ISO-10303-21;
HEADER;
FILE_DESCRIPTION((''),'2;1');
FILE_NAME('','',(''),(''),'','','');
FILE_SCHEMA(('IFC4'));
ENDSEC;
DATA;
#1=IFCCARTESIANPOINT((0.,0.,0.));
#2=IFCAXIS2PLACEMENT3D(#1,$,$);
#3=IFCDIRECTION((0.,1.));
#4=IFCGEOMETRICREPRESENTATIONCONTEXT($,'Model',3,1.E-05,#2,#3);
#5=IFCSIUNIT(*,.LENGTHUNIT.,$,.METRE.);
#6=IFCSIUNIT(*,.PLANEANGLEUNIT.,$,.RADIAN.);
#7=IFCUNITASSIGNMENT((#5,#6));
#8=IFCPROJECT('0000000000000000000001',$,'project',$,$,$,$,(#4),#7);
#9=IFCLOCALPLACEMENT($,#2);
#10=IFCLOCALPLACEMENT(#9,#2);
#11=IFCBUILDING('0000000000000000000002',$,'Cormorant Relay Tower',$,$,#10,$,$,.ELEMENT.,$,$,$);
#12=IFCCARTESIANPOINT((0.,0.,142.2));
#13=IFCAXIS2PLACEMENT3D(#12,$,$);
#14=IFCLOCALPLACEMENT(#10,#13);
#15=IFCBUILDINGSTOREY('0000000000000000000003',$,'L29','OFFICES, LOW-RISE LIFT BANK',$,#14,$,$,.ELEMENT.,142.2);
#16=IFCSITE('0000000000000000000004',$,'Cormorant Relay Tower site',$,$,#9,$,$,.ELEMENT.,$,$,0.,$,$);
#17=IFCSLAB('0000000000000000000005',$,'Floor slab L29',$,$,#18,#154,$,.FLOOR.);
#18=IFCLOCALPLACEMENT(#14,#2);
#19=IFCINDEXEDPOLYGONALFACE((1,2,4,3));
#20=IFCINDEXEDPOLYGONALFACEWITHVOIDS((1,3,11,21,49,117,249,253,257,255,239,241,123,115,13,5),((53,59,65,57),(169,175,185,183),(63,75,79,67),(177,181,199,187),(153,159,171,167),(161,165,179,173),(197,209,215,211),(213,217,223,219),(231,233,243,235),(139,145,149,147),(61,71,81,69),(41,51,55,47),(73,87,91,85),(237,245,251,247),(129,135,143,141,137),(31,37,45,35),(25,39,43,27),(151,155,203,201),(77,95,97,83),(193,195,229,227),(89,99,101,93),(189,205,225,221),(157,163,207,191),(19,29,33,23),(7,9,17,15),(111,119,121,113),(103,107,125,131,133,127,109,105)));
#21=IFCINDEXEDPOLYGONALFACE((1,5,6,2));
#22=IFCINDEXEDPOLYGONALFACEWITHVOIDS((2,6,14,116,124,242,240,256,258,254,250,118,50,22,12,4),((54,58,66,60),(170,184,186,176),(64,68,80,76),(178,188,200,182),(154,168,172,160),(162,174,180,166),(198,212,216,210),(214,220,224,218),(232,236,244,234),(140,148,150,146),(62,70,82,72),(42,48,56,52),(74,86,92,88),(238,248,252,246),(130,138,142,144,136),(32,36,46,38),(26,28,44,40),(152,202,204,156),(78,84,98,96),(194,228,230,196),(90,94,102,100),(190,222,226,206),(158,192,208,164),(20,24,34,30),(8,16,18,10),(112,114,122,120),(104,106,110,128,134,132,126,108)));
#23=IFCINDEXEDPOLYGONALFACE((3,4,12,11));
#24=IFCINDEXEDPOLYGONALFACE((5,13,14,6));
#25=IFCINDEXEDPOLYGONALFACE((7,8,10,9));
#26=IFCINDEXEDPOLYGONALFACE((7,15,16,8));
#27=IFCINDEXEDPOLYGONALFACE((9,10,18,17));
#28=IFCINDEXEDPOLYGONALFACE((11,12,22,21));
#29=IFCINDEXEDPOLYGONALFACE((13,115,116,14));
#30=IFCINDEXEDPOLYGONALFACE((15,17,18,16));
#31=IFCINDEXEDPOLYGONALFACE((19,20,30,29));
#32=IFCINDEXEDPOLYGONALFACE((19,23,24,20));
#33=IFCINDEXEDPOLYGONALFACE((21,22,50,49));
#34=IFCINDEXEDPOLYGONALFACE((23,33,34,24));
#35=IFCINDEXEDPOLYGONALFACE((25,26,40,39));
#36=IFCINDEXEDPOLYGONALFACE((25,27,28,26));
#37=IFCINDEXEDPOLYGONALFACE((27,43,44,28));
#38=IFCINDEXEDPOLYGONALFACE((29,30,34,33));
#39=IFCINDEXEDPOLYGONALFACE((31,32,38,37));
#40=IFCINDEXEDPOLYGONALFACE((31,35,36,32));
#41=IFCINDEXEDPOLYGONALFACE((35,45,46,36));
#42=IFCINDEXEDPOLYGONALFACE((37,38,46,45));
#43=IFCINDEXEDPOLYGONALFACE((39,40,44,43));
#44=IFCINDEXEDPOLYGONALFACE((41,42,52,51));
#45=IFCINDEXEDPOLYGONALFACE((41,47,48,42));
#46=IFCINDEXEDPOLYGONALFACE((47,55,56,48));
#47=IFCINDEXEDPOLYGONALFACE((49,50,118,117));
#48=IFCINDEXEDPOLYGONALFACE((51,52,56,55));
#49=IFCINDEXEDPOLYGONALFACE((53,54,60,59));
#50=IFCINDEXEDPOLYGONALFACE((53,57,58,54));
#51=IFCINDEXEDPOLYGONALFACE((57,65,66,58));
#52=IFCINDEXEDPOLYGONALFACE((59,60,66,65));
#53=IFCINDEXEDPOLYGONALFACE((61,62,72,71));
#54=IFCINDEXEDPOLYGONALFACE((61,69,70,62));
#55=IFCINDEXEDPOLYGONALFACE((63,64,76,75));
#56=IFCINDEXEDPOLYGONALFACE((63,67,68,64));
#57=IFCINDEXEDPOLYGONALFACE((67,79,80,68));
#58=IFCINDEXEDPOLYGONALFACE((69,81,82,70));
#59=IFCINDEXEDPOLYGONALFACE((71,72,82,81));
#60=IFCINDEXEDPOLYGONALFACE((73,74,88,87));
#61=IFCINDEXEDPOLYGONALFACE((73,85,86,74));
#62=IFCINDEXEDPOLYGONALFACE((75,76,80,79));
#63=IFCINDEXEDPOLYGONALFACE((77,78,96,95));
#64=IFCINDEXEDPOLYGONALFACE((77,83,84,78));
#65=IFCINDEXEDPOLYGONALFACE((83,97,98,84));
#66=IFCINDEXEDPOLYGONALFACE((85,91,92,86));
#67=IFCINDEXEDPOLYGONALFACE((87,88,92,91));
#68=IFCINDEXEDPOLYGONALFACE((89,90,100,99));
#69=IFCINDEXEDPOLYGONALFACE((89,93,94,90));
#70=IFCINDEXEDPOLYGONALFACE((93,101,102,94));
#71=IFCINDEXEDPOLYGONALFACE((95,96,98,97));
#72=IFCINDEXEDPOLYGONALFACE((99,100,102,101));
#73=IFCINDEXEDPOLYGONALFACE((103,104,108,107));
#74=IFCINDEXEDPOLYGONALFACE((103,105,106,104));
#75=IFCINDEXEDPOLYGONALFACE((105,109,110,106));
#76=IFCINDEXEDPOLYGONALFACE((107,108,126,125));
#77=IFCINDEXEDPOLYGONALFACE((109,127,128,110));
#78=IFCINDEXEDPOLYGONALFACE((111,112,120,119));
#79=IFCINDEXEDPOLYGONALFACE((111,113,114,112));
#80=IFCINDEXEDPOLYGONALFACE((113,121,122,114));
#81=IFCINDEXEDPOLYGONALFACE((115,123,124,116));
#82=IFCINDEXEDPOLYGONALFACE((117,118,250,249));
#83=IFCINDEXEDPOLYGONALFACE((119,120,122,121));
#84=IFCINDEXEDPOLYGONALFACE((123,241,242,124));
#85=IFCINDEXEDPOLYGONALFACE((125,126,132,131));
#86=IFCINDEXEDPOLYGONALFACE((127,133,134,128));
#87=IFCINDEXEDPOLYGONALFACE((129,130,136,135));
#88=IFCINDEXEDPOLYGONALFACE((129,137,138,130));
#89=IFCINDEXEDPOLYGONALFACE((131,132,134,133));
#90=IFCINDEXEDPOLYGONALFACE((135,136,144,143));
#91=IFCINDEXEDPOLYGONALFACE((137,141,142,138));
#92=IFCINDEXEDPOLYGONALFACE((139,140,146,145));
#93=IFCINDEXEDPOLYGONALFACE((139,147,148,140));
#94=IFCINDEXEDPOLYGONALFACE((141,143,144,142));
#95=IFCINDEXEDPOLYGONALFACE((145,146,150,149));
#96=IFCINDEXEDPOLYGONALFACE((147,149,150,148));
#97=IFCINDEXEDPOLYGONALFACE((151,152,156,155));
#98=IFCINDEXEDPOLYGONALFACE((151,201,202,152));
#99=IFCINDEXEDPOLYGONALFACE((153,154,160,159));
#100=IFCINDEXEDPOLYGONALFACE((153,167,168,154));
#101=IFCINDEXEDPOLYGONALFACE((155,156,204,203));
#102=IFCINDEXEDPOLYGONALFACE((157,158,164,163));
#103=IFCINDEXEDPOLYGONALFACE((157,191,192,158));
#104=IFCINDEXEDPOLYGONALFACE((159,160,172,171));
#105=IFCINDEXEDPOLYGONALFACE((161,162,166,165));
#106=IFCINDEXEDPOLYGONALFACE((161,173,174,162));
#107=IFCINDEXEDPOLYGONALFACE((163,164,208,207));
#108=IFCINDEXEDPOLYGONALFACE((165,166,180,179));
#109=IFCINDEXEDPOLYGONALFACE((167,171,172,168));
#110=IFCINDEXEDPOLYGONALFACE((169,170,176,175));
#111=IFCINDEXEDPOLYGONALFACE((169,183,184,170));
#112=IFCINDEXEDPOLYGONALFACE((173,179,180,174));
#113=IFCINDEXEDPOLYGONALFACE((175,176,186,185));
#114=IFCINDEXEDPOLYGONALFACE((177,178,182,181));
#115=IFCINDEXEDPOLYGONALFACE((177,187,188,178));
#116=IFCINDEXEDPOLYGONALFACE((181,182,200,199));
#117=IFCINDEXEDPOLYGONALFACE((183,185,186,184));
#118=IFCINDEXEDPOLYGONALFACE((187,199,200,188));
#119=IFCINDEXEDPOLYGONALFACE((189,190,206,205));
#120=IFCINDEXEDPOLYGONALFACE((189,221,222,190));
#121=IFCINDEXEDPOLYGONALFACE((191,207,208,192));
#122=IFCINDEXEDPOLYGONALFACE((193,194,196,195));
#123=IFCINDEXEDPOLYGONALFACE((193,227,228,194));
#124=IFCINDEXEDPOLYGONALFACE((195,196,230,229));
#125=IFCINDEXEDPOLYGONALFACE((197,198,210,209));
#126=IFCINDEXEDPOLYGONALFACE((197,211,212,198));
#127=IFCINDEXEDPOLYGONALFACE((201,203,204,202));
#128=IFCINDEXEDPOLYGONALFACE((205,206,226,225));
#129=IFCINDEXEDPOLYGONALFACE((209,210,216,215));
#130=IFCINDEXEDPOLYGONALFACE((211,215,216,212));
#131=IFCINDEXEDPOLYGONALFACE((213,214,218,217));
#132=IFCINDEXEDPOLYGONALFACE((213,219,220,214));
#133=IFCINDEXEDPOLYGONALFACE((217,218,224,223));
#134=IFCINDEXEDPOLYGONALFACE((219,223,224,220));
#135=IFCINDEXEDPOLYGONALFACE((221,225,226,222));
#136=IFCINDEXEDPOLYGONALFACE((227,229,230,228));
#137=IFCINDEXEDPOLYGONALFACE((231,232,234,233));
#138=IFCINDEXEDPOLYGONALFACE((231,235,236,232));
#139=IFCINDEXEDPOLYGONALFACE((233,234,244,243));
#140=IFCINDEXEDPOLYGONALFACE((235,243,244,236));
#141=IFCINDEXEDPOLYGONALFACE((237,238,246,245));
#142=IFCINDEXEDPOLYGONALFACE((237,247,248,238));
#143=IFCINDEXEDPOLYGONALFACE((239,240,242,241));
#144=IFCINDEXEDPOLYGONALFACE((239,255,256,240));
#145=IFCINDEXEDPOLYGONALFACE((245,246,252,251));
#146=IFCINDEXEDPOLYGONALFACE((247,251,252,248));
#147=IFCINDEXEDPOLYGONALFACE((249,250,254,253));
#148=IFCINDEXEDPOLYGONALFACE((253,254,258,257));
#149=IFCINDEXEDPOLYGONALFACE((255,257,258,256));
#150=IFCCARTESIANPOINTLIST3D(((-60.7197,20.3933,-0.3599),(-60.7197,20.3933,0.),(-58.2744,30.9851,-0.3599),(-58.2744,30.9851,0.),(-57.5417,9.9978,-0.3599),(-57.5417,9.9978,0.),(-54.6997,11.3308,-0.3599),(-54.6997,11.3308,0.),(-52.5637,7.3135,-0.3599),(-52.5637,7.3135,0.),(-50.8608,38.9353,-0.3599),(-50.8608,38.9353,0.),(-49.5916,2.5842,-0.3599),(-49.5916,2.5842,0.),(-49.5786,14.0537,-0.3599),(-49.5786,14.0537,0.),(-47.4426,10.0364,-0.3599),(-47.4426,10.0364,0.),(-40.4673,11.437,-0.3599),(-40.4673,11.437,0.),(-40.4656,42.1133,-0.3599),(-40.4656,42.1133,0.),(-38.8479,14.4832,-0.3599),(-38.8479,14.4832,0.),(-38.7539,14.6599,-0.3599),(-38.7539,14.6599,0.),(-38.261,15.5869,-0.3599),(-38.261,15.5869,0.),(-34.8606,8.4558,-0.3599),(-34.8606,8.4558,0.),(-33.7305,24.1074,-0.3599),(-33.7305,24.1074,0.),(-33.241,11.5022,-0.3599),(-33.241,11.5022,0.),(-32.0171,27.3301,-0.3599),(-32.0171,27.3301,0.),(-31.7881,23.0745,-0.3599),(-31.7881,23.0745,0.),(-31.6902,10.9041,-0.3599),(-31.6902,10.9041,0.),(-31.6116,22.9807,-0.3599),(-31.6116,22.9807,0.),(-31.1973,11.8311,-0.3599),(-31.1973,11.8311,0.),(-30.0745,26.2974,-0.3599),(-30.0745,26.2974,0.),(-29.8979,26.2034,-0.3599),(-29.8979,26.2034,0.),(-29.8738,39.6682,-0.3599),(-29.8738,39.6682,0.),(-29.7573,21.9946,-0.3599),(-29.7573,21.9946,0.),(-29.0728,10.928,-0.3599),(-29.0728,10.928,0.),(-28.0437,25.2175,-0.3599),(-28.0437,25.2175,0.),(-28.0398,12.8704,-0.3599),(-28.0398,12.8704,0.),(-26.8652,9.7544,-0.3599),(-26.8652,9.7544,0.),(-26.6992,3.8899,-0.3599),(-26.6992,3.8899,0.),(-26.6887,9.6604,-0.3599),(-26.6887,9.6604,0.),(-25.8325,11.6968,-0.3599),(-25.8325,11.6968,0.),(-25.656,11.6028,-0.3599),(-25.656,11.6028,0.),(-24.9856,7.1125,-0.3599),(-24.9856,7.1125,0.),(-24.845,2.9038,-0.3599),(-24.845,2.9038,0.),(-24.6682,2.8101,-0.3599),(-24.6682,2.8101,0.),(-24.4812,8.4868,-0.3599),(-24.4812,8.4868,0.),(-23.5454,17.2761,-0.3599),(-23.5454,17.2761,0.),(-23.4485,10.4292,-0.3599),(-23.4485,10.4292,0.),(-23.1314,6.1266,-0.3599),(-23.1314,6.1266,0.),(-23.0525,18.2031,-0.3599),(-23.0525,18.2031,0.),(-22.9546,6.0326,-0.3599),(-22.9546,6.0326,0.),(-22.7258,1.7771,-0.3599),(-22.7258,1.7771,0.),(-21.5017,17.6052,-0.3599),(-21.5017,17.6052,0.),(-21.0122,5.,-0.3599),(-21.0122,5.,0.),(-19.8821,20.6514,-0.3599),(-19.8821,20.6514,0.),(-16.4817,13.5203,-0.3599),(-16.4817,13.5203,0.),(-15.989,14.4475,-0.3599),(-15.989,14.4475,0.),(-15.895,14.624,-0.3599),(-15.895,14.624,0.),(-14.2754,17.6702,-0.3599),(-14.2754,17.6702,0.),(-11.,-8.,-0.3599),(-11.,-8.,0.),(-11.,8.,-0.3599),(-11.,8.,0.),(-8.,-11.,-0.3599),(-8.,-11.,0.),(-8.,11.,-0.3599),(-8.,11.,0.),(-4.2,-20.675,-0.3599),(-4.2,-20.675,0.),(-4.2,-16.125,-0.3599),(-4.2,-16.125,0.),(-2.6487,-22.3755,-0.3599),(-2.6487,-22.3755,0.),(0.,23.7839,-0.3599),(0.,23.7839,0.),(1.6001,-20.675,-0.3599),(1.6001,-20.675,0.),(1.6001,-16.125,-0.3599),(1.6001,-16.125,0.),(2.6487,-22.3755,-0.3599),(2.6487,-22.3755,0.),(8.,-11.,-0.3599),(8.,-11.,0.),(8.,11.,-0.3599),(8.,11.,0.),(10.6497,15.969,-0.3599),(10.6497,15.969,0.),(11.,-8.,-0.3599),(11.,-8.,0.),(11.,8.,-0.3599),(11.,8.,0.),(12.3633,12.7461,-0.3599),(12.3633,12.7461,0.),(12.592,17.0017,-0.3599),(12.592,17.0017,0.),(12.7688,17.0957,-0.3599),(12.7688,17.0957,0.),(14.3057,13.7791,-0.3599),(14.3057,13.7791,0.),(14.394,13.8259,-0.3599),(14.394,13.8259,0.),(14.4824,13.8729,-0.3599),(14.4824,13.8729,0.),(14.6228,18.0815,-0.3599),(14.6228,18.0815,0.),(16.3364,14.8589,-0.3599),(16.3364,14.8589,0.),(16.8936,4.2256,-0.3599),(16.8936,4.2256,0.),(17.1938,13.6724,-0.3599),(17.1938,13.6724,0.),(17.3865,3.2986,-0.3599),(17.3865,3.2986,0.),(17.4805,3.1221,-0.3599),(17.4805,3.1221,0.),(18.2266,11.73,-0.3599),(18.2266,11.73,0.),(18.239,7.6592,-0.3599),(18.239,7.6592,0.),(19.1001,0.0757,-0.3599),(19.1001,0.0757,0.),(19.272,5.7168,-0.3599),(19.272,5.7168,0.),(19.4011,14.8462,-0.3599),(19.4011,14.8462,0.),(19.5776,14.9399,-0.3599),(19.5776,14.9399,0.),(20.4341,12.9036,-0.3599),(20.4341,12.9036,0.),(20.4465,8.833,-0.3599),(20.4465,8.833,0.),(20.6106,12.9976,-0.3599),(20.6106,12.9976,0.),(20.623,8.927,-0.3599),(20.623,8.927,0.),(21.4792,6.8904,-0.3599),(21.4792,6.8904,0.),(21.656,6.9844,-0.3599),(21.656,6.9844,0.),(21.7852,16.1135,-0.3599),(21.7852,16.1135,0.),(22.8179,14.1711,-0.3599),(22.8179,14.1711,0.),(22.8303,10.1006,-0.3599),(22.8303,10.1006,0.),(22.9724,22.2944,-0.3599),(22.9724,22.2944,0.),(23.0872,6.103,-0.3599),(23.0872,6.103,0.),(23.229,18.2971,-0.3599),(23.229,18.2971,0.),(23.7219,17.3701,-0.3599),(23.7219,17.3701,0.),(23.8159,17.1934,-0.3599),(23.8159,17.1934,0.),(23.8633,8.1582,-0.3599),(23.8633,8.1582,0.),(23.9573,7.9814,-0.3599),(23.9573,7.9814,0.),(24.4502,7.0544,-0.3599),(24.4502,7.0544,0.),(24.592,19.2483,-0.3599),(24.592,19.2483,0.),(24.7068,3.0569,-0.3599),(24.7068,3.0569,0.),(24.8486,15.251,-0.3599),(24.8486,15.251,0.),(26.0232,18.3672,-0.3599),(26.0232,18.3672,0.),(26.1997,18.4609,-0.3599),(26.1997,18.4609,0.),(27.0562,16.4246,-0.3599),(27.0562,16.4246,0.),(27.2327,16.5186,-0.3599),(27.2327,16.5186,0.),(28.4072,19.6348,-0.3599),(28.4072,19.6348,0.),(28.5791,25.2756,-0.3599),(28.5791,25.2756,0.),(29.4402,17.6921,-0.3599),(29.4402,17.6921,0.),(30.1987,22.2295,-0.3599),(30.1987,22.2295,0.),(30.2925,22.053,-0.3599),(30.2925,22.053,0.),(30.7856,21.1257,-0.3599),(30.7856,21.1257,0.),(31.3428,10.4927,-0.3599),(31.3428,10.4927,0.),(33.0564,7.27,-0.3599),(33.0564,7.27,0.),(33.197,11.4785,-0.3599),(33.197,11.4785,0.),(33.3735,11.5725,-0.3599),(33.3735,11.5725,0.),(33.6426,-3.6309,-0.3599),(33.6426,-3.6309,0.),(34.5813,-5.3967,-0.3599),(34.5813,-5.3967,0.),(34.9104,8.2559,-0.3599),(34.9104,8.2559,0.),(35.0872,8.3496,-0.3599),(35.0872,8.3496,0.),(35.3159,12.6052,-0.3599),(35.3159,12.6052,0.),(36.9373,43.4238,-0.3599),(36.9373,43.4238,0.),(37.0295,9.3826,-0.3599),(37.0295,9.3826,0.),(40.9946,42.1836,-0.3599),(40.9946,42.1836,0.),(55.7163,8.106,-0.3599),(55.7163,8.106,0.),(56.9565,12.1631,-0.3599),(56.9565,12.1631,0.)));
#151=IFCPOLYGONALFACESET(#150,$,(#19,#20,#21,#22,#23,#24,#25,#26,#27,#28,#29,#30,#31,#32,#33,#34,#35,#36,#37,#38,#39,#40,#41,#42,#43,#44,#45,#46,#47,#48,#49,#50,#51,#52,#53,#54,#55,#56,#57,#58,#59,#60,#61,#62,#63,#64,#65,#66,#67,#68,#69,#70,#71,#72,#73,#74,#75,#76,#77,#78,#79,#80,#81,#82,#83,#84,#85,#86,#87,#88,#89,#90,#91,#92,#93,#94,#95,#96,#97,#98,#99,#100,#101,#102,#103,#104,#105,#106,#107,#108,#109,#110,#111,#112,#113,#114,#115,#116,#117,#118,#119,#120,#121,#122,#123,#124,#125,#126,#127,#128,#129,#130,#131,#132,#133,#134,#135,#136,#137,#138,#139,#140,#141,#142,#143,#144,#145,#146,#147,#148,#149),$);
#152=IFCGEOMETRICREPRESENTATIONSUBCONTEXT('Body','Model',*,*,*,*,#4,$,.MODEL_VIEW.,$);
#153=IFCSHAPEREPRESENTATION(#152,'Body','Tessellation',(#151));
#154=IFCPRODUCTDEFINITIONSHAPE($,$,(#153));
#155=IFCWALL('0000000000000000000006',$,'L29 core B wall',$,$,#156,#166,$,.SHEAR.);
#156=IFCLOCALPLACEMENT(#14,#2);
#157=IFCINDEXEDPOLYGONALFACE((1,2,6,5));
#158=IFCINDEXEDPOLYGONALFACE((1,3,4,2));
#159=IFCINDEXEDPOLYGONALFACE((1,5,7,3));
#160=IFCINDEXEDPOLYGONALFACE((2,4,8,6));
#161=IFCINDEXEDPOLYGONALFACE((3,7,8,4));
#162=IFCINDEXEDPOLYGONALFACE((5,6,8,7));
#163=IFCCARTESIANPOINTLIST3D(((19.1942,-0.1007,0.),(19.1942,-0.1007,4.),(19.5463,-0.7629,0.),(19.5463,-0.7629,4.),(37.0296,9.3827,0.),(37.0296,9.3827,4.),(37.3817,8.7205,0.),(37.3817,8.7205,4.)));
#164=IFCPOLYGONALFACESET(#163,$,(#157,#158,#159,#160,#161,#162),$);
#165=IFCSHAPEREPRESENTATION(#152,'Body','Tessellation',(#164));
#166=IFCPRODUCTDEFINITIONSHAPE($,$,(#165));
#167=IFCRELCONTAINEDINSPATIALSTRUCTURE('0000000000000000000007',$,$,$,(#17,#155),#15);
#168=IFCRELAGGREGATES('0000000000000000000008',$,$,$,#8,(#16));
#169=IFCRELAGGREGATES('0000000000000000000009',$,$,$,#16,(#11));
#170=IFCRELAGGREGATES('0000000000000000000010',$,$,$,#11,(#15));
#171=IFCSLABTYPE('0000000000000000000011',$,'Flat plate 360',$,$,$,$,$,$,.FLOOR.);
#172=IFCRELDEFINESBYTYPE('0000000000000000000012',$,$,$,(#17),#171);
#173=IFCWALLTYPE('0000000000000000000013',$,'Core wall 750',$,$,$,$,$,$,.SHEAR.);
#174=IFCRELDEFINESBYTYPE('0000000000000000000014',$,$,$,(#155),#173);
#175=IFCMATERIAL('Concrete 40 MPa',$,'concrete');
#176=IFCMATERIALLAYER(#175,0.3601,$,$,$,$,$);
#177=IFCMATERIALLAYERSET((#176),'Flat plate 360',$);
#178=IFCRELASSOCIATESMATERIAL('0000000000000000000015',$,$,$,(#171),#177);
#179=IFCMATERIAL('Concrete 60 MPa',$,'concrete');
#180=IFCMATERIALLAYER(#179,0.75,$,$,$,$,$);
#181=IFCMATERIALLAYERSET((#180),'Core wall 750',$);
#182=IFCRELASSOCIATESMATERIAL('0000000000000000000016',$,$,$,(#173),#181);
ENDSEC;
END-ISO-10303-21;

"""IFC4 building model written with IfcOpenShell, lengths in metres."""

from ifc_helpers import new_model, si_unit, direction, frame, frame_2d, origin, place, context, subcontext, project, spatial, polyline, rectangle, outline, extrude, material, layer, layer_set, type_object, element, save


model = new_model("IFC4")

# Units and contexts
model_context = context("Model", 3, precision=1e-05, world=origin(), true_north=direction((0.0, 1.0)))
body_context = subcontext(model_context, "Body", "Model", "MODEL_VIEW")
ifc_project = project(units=[si_unit("LENGTHUNIT", "METRE"), si_unit("PLANEANGLEUNIT", "RADIAN")], contexts=[model_context])

# Site, building, storey
site_placement = place(None, origin())
site = spatial("IfcSite", under=ifc_project, at=site_placement, Name="Cormorant Relay Tower site", CompositionType="ELEMENT", RefElevation=0.0)
building_placement = place(site_placement, origin())
building = spatial("IfcBuilding", under=site, at=building_placement, Name="Cormorant Relay Tower", CompositionType="ELEMENT")
storey_placement = place(building_placement, frame((0.0, 0.0, 142.2)))
storey = spatial("IfcBuildingStorey", under=building, at=storey_placement, Name="L29", Description="OFFICES, LOW-RISE LIFT BANK", CompositionType="ELEMENT", Elevation=142.2)

# Slab
ifc_material_1 = material(Name="Concrete 40 MPa", Category="concrete")
ifc_layer_1 = layer(ifc_material_1, 0.3601)
ifc_layer_set_1 = layer_set([ifc_layer_1], Name="Flat plate 360")
slab_type_1 = type_object("IfcSlabType", Name="Flat plate 360", PredefinedType="FLOOR", material=ifc_layer_set_1)
slab_1_placement = place(storey_placement, frame((0.0, 0.0, -0.3599)))
element("IfcSlab", 1, at=slab_1_placement, inside=storey, type_object=slab_type_1, Name="Floor slab L29", PredefinedType="FLOOR", context=body_context, shape_type="SweptSolid", body=[
    extrude(outline(polyline([(-60.7197, 20.3933), (-58.2744, 30.9851), (-50.8608, 38.9353), (-40.4656, 42.1133), (-29.8738, 39.6682), (0.0, 23.7839), (36.9373, 43.4238), (40.9946, 42.1836), (56.9565, 12.1631), (55.7163, 8.106), (33.6426, -3.6309), (34.5813, -5.3967), (2.6487, -22.3755), (-2.6487, -22.3755), (-49.5916, 2.5842), (-57.5417, 9.9978), (-60.7197, 20.3933)]), holes=[polyline([(11.0, -8.0), (11.0, 8.0), (8.0, 11.0), (-8.0, 11.0), (-11.0, 8.0), (-11.0, -8.0), (-8.0, -11.0), (8.0, -11.0), (11.0, -8.0)]), polyline([(-4.2, -16.125), (-4.2, -20.675), (1.6001, -20.675), (1.6001, -16.125), (-4.2, -16.125)]), polyline([(-22.9546, 6.0327), (-24.6682, 2.8101), (-22.7258, 1.7771), (-21.0122, 5.0), (-23.043, 6.0796), (-22.9546, 6.0327)]), polyline([(-24.9856, 7.1125), (-26.6992, 3.8899), (-24.845, 2.9038), (-23.1313, 6.1267), (-23.043, 6.0796), (-24.9856, 7.1125)]), polyline([(-24.4812, 8.4868), (-23.4485, 10.4292), (-25.656, 11.6028), (-26.6887, 9.6604), (-24.4812, 8.4868)]), polyline([(-49.5786, 14.0537), (-54.6997, 11.3308), (-52.5637, 7.3135), (-47.4426, 10.0364), (-49.5786, 14.0537)]), polyline([(-25.8325, 11.6968), (-28.0398, 12.8704), (-29.0728, 10.928), (-26.8652, 9.7544), (-25.8325, 11.6968)]), polyline([(-38.8479, 14.4832), (-40.4673, 11.437), (-34.8606, 8.4558), (-33.241, 11.5022), (-38.8479, 14.4832)]), polyline([(-38.261, 15.5869), (-38.7539, 14.6599), (-31.6902, 10.9041), (-31.1973, 11.8311), (-38.261, 15.5869)]), polyline([(14.3057, 13.7791), (12.592, 17.0017), (10.6497, 15.969), (12.3633, 12.7461), (14.394, 13.8259), (14.3057, 13.7791)]), polyline([(16.3364, 14.8589), (14.6228, 18.0815), (12.7688, 17.0957), (14.4824, 13.8728), (14.394, 13.8259), (16.3364, 14.8589)]), polyline([(-16.4817, 13.5203), (-15.989, 14.4475), (-23.0525, 18.2031), (-23.5454, 17.2761), (-16.4817, 13.5203)]), polyline([(-21.5017, 17.6052), (-15.895, 14.624), (-14.2754, 17.6702), (-19.8821, 20.6514), (-21.5017, 17.6052)]), polyline([(-31.6116, 22.9807), (-29.7573, 21.9946), (-28.0437, 25.2175), (-29.8979, 26.2034), (-31.6116, 22.9807)]), polyline([(-32.0171, 27.3301), (-33.7305, 24.1074), (-31.7881, 23.0745), (-30.0745, 26.2974), (-32.0171, 27.3301)]), polyline([(17.4805, 3.1221), (19.1001, 0.0757), (24.7068, 3.0569), (23.0872, 6.103), (17.4805, 3.1221)]), polyline([(16.8936, 4.2256), (17.3865, 3.2986), (24.4502, 7.0544), (23.9573, 7.9814), (16.8936, 4.2256)]), polyline([(20.4465, 8.833), (18.239, 7.6592), (19.272, 5.7168), (21.4792, 6.8904), (20.4465, 8.833)]), polyline([(21.656, 6.9844), (23.8633, 8.1582), (22.8303, 10.1006), (20.623, 8.927), (21.656, 6.9844)]), polyline([(33.197, 11.4785), (31.3428, 10.4927), (33.0564, 7.27), (34.9104, 8.2559), (33.197, 11.4785)]), polyline([(33.3735, 11.5725), (35.0872, 8.3496), (37.0295, 9.3826), (35.3159, 12.6052), (33.3735, 11.5725)]), polyline([(17.1938, 13.6724), (18.2266, 11.73), (20.4341, 12.9036), (19.4011, 14.8462), (17.1938, 13.6724)]), polyline([(20.6106, 12.9976), (22.8179, 14.1711), (21.7852, 16.1135), (19.5776, 14.9399), (20.6106, 12.9976)]), polyline([(26.0232, 18.3672), (23.8159, 17.1934), (24.8486, 15.251), (27.0562, 16.4246), (26.0232, 18.3672)]), polyline([(29.4402, 17.6921), (28.4072, 19.6348), (26.1997, 18.4609), (27.2327, 16.5186), (29.4402, 17.6921)]), polyline([(30.7856, 21.1257), (30.2925, 22.053), (23.229, 18.2971), (23.7219, 17.3701), (30.7856, 21.1257)]), polyline([(24.592, 19.2483), (30.1987, 22.2295), (28.5791, 25.2756), (22.9724, 22.2944), (24.592, 19.2483)])]), origin(), (0.0, 0.0, 1.0), 0.3599),
])

# Shared definitions
ifc_material_2 = material(Name="Concrete 60 MPa", Category="concrete")
ifc_layer_2 = layer(ifc_material_2, 0.75)
ifc_layer_set_2 = layer_set([ifc_layer_2], Name="Core wall 750")
wall_type_1 = type_object("IfcWallType", Name="Core wall 750", PredefinedType="SHEAR", material=ifc_layer_set_2)

# Wall
wall_1_placement = place(storey_placement, frame((19.3701, -0.4319, 0.0), z_axis=(0.0, 0.0, 1.0), x_axis=(0.882945, 0.469476, 0.0)))
element("IfcWall", 2, at=wall_1_placement, inside=storey, type_object=wall_type_1, Name="L29 core B wall", PredefinedType="SHEAR", context=body_context, shape_type="SweptSolid", body=[
    extrude(rectangle(XDim=20.2, YDim=0.75, at=frame_2d((10.1001, 0.0))), origin(), (0.0, 0.0, 1.0), 4.0),
])

save(model, "model.ifc")
